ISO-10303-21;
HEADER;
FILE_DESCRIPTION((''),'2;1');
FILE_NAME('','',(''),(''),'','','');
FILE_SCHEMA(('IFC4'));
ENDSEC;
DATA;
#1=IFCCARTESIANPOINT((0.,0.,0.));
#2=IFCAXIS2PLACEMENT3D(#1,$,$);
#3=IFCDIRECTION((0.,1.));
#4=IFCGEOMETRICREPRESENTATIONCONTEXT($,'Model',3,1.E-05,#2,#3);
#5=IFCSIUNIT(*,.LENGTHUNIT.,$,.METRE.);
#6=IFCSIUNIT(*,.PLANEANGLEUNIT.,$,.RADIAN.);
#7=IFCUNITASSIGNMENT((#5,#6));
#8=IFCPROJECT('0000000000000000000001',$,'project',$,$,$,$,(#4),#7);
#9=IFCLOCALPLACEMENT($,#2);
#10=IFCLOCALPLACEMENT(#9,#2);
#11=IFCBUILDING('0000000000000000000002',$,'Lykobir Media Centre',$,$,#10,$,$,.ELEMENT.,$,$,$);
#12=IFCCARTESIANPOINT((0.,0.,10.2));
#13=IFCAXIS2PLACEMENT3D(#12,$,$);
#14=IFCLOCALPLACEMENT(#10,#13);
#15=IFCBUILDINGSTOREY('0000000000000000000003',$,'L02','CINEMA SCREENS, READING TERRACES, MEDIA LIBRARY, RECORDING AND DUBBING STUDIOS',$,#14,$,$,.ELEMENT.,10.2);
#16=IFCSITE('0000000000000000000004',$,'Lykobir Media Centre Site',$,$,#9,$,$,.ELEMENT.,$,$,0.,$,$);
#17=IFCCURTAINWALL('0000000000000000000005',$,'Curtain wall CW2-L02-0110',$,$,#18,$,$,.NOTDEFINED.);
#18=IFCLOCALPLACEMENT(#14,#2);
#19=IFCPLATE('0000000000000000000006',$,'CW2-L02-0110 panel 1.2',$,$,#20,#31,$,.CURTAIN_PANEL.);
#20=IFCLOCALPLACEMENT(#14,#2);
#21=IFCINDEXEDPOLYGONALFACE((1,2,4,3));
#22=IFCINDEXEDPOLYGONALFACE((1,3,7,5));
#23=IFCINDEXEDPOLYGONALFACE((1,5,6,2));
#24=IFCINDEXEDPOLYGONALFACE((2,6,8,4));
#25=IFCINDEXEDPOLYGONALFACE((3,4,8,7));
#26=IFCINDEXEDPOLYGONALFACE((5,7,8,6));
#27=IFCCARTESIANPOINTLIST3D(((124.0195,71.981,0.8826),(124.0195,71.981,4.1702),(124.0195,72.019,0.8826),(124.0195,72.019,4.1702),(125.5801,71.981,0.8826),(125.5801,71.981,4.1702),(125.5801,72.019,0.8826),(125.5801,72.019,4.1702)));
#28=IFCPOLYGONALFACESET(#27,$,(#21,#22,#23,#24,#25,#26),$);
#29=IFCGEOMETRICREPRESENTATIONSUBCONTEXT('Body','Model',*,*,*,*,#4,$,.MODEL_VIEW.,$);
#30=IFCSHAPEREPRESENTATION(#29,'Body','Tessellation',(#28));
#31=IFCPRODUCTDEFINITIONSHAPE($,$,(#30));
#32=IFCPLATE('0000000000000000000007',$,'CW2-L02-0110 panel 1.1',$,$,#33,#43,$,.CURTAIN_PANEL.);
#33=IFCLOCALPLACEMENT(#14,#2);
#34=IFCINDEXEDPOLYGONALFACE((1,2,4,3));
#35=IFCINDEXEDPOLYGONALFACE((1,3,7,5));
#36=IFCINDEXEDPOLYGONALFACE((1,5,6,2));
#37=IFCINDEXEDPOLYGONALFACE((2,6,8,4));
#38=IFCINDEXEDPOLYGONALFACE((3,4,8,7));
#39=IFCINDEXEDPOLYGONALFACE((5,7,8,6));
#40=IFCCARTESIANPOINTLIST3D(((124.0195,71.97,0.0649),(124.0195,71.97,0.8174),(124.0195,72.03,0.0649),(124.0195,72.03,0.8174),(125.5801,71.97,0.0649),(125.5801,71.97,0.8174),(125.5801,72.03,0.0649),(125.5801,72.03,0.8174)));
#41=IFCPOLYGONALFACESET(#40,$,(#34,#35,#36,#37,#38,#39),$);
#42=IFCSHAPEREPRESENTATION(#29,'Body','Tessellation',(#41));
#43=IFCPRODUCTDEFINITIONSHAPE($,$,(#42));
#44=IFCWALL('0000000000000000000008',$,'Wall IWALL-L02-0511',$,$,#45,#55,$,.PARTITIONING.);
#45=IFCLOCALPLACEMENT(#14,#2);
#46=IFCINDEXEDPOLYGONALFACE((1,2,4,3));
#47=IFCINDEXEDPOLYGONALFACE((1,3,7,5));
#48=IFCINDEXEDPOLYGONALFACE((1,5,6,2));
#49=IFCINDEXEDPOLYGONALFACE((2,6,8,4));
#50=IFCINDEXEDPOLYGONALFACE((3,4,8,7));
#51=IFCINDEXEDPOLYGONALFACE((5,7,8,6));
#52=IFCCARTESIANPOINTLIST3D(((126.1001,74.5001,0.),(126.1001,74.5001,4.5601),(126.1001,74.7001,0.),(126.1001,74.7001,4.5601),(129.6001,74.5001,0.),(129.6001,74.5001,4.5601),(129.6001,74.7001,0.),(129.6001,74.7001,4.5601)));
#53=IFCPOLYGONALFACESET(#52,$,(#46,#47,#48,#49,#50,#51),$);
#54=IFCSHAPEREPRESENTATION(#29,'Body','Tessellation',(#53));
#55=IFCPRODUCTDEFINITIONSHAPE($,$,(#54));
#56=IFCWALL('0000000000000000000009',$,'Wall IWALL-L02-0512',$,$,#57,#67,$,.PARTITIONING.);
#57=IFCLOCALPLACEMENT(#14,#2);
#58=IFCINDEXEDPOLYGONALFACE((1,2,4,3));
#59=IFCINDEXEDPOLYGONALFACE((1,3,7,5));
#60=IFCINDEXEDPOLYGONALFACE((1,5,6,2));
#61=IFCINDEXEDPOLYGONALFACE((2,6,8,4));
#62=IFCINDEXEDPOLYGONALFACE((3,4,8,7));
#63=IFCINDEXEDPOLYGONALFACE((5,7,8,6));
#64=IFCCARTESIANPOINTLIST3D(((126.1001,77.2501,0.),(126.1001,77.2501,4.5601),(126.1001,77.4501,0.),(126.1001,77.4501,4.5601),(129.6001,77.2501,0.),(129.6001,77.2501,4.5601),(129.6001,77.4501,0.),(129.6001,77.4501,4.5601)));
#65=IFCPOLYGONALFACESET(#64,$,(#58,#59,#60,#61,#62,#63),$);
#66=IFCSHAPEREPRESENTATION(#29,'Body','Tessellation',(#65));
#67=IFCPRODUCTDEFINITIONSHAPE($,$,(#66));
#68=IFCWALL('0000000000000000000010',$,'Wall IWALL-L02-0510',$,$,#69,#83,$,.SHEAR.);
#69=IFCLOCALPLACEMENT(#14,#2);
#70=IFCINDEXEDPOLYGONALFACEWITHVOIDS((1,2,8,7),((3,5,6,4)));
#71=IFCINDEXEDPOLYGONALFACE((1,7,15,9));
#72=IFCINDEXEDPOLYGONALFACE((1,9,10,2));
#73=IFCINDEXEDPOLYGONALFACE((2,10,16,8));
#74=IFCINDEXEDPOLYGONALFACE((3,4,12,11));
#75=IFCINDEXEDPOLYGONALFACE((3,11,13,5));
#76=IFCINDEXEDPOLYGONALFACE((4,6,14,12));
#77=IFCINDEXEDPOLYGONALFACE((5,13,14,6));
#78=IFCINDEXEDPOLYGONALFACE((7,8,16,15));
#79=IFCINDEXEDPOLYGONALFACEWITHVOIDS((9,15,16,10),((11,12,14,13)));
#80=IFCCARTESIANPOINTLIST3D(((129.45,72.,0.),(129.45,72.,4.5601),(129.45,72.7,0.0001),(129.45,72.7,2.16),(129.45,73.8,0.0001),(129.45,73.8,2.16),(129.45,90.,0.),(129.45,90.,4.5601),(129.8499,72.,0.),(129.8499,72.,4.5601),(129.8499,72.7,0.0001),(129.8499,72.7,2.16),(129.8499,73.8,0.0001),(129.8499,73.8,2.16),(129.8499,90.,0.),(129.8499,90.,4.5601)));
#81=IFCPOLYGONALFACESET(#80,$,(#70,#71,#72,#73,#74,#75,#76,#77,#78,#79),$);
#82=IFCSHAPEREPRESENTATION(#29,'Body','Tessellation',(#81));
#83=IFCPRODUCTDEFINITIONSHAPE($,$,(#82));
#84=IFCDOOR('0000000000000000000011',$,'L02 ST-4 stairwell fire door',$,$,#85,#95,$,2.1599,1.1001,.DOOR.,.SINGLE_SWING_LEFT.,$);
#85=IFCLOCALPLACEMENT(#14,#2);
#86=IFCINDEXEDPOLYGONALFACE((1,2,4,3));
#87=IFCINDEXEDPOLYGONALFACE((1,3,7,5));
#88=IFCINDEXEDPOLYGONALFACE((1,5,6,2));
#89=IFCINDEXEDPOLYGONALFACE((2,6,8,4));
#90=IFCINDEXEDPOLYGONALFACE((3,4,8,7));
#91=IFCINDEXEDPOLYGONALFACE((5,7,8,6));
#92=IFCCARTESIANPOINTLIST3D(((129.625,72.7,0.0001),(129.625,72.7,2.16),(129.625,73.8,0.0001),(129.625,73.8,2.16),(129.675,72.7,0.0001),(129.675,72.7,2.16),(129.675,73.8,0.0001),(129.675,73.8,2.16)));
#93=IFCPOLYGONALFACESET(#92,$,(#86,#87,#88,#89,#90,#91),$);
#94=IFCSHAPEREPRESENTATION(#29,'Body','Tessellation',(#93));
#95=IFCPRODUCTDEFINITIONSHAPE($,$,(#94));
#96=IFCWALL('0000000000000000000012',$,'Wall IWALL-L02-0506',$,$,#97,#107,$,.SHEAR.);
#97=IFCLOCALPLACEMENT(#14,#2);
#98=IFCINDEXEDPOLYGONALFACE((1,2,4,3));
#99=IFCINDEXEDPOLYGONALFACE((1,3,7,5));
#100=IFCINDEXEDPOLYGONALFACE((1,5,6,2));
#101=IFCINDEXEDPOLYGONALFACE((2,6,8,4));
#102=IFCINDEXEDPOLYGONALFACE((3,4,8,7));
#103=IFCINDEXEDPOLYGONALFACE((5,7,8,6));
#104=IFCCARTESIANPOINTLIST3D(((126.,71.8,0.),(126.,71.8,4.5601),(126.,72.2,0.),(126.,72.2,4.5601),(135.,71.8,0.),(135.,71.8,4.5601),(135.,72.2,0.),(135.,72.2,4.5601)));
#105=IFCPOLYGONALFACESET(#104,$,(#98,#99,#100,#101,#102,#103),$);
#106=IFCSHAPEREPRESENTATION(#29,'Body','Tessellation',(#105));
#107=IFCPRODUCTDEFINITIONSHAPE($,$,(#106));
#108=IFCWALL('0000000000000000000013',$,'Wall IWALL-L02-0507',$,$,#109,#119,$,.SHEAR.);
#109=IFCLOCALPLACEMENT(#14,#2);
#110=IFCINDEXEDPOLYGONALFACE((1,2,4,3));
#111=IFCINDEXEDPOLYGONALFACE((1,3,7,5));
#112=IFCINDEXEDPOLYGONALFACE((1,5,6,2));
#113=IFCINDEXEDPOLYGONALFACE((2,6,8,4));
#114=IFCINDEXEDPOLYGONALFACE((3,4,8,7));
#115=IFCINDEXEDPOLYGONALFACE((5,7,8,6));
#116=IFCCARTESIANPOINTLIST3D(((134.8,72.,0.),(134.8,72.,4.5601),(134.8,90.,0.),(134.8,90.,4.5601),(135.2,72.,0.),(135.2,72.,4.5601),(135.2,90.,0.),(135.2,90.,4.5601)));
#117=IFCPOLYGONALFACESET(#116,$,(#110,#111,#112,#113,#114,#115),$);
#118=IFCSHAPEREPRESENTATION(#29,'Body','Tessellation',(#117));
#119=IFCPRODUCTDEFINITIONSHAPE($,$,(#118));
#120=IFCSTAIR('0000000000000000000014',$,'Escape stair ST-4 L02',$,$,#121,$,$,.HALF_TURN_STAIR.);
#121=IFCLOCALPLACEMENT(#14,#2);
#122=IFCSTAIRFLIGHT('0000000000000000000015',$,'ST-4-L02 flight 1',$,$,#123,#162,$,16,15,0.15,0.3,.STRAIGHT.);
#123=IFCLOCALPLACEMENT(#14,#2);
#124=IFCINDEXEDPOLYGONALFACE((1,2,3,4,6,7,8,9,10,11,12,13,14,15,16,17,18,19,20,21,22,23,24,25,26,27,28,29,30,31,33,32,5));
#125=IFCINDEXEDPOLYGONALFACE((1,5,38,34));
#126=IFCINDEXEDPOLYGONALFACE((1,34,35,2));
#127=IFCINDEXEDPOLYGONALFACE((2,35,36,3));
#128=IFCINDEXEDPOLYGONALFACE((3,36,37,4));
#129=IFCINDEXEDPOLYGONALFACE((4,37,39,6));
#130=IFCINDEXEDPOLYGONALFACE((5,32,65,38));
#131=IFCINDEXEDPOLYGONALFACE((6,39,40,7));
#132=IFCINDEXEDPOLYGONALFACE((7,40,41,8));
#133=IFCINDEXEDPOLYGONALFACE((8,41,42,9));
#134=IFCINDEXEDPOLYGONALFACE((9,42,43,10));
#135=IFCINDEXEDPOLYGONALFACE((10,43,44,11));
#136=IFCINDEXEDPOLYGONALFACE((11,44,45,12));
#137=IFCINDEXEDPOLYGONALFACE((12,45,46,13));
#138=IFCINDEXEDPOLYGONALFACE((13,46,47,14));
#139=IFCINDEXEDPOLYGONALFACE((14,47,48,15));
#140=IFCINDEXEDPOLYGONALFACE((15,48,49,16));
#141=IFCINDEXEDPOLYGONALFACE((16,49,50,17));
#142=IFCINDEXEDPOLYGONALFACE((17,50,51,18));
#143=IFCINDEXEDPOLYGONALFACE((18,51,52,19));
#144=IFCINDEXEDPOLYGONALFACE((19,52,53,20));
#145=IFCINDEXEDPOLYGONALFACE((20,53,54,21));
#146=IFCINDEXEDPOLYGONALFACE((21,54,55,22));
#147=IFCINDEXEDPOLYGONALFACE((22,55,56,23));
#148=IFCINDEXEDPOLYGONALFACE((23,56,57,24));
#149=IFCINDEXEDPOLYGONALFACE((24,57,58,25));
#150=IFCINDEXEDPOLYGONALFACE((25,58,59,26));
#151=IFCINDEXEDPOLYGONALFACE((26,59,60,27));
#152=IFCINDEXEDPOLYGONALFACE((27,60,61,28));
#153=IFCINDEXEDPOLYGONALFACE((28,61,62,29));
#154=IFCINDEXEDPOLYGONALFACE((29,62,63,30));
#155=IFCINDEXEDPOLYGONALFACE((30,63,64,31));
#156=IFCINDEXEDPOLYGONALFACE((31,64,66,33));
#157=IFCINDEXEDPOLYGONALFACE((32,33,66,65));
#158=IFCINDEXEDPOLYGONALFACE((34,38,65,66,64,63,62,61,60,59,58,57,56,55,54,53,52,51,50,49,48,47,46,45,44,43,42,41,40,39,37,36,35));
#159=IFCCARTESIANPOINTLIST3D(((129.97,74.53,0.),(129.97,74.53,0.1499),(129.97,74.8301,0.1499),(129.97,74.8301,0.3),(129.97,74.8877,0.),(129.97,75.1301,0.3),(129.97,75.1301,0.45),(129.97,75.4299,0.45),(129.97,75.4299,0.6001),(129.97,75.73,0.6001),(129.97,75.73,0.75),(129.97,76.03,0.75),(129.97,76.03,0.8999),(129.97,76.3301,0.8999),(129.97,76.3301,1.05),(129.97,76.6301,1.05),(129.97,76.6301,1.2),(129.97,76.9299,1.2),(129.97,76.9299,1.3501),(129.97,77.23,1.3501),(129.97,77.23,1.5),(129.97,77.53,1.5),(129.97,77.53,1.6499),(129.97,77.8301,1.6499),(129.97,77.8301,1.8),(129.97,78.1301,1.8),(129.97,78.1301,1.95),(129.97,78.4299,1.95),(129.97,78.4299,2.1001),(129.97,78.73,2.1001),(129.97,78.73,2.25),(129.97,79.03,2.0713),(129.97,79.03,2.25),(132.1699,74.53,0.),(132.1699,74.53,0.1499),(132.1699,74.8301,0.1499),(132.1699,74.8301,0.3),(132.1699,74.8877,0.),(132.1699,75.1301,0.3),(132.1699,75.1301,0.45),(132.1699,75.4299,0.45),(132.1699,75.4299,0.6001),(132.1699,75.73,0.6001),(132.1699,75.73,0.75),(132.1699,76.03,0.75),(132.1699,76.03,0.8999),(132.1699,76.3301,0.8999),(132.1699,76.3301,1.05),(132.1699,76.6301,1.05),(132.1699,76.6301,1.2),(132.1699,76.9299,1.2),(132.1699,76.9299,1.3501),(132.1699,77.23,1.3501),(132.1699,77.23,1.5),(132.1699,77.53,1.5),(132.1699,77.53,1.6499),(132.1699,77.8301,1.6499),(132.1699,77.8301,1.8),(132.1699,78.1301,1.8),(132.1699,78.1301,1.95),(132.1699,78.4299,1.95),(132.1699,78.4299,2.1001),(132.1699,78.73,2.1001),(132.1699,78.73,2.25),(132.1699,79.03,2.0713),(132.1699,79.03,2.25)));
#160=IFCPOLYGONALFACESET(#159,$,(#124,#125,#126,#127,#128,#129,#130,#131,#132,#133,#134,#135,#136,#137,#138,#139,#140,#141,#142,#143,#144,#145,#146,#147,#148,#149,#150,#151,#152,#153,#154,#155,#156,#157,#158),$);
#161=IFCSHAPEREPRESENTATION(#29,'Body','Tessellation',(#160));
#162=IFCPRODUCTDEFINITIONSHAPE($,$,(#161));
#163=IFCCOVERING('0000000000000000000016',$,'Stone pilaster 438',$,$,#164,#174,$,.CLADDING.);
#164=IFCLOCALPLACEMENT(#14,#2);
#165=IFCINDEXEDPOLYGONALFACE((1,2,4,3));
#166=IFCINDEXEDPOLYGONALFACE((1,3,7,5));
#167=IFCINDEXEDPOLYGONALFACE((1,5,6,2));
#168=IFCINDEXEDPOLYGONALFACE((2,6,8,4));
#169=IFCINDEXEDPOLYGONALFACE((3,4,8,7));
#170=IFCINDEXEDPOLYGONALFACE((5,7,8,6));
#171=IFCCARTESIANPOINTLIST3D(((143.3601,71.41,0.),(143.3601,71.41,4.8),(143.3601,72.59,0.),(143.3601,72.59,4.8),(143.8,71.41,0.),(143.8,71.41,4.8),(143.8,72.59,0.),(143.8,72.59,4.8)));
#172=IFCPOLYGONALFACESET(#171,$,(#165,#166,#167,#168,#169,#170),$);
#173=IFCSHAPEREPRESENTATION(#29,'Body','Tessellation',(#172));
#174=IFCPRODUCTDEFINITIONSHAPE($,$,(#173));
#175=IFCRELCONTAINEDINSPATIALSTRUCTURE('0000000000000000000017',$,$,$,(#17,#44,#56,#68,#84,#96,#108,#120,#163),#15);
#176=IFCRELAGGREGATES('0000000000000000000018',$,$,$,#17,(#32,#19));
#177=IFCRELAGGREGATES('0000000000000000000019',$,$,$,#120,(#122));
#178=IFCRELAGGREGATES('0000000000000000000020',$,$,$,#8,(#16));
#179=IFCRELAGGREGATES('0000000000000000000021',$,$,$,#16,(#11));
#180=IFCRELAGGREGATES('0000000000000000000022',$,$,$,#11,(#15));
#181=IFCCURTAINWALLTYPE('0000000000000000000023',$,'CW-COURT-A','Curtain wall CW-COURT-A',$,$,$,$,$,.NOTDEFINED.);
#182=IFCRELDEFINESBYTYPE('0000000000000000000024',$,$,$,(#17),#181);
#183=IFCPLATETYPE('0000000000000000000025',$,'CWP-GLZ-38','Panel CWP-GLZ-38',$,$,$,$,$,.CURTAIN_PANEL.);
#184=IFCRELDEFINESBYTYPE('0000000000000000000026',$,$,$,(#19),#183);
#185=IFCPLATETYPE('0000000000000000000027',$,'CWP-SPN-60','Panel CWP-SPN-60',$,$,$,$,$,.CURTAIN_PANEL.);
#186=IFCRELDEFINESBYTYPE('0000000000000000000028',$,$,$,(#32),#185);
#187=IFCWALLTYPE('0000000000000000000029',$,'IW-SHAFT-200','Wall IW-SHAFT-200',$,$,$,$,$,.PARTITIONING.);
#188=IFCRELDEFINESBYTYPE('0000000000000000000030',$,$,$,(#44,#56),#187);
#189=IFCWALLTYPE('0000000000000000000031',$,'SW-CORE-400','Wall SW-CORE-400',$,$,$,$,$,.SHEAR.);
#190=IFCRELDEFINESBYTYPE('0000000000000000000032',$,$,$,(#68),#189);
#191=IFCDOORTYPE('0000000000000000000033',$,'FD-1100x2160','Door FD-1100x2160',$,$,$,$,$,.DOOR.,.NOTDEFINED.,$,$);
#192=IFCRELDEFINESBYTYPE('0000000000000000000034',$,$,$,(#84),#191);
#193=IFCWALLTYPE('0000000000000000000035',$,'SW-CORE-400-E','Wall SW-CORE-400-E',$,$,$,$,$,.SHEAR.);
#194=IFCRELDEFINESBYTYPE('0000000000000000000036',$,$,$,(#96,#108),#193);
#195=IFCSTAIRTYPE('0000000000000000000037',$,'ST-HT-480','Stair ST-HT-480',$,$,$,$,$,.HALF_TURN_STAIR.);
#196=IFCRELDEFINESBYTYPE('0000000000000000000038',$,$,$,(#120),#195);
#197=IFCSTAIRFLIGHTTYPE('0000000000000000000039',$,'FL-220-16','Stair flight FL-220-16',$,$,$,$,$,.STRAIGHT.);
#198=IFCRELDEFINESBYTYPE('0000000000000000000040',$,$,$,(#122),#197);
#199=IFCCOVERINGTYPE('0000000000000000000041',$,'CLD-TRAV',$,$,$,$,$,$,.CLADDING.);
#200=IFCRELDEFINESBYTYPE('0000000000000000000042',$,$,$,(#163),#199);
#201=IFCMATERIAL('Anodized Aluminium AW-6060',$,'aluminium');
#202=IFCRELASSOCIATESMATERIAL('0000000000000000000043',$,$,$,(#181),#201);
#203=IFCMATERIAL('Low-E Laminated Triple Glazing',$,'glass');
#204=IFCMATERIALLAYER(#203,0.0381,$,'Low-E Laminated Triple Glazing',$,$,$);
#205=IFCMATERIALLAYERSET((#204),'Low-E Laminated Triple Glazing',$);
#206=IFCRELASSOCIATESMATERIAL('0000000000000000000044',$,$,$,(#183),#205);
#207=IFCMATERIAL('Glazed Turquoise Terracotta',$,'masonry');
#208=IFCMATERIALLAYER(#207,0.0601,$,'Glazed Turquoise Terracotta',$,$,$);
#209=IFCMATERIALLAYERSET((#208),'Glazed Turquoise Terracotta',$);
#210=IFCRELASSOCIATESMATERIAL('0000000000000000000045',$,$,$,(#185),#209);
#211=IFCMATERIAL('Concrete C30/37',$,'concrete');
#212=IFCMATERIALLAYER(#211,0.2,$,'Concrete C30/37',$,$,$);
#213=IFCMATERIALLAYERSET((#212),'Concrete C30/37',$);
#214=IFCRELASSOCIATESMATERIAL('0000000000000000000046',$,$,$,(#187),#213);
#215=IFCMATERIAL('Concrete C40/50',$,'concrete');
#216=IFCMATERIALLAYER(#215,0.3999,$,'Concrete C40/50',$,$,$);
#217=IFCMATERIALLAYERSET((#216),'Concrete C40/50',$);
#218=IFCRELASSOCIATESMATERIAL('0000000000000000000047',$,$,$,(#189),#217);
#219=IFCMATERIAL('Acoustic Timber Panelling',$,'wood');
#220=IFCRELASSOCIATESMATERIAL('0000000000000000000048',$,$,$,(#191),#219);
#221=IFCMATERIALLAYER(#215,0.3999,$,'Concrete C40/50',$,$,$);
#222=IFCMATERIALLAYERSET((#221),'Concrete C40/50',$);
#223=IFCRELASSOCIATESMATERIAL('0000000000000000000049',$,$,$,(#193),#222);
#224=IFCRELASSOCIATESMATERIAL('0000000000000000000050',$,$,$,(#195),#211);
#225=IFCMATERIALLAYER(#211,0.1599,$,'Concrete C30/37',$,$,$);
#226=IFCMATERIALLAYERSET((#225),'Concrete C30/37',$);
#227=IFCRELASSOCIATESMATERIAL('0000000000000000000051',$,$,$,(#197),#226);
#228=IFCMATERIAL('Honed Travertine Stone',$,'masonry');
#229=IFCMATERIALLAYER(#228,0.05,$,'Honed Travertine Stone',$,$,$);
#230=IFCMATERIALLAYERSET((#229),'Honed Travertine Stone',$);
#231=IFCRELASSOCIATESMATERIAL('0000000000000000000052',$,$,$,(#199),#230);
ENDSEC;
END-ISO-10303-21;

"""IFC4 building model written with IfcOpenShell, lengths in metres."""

from ifc_helpers import new_model, si_unit, direction, frame, frame_2d, origin, origin_2d, place, context, subcontext, project, spatial, polyline, rectangle, outline, extrude, material, layer, layer_set, type_object, element, fill, aggregate, save


model = new_model("IFC4")

# Units and contexts
model_context = context("Model", 3, precision=1e-05, world=origin(), true_north=direction((0.0, 1.0)))
body_context = subcontext(model_context, "Body", "Model", "MODEL_VIEW")
ifc_project = project(units=[si_unit("LENGTHUNIT", "METRE"), si_unit("PLANEANGLEUNIT", "RADIAN")], contexts=[model_context])

# Site, building, storey
site_placement = place(None, origin())
site = spatial("IfcSite", under=ifc_project, at=site_placement, Name="Lykobir Media Centre Site", CompositionType="ELEMENT", RefElevation=0.0)
building_placement = place(site_placement, origin())
building = spatial("IfcBuilding", under=site, at=building_placement, Name="Lykobir Media Centre", CompositionType="ELEMENT")
storey_placement = place(building_placement, frame((0.0, 0.0, 10.2)))
storey = spatial("IfcBuildingStorey", under=building, at=storey_placement, Name="L02", Description="CINEMA SCREENS, READING TERRACES, MEDIA LIBRARY, RECORDING AND DUBBING STUDIOS", CompositionType="ELEMENT", Elevation=10.2)

# Shared definitions
ifc_material_1 = material(Name="Concrete C40/50", Category="concrete")

# Curtain wall
ifc_material_2 = material(Name="Anodized Aluminium AW-6060", Category="aluminium")
curtain_wall_type = type_object("IfcCurtainWallType", Name="CW-COURT-A", Description="Curtain wall CW-COURT-A", PredefinedType="NOTDEFINED", material=ifc_material_2)
curtain_wall_placement = place(storey_placement, origin())
curtain_wall = element("IfcCurtainWall", 1, at=curtain_wall_placement, inside=storey, type_object=curtain_wall_type, Name="Curtain wall CW2-L02-0110", PredefinedType="NOTDEFINED")

# Plates
ifc_material_3 = material(Name="Low-E Laminated Triple Glazing", Category="glass")
ifc_layer_1 = layer(ifc_material_3, 0.0381, Name="Low-E Laminated Triple Glazing")
ifc_layer_set_1 = layer_set([ifc_layer_1], Name="Low-E Laminated Triple Glazing")
plate_type_1 = type_object("IfcPlateType", Name="CWP-GLZ-38", Description="Panel CWP-GLZ-38", PredefinedType="CURTAIN_PANEL", material=ifc_layer_set_1)
plate_1_placement = place(storey_placement, frame((124.7998, 72.0, 0.8826), z_axis=(0.0, 0.0, 1.0), x_axis=(-1.0, 0.0, 0.0)))
plate_1 = element("IfcPlate", 2, at=plate_1_placement, type_object=plate_type_1, Name="CW2-L02-0110 panel 1.2", PredefinedType="CURTAIN_PANEL", context=body_context, shape_type="SweptSolid", body=[
    extrude(rectangle(XDim=1.5605, YDim=0.0381, at=origin_2d()), origin(), (0.0, 0.0, 1.0), 3.2876),
])
ifc_material_4 = material(Name="Glazed Turquoise Terracotta", Category="masonry")
ifc_layer_2 = layer(ifc_material_4, 0.0601, Name="Glazed Turquoise Terracotta")
ifc_layer_set_2 = layer_set([ifc_layer_2], Name="Glazed Turquoise Terracotta")
plate_type_2 = type_object("IfcPlateType", Name="CWP-SPN-60", Description="Panel CWP-SPN-60", PredefinedType="CURTAIN_PANEL", material=ifc_layer_set_2)
plate_2_placement = place(storey_placement, frame((124.7998, 72.0, 0.0649), z_axis=(0.0, 0.0, 1.0), x_axis=(-1.0, 0.0, 0.0)))
plate_2 = element("IfcPlate", 3, at=plate_2_placement, type_object=plate_type_2, Name="CW2-L02-0110 panel 1.1", PredefinedType="CURTAIN_PANEL", context=body_context, shape_type="SweptSolid", body=[
    extrude(rectangle(XDim=1.5605, YDim=0.0601, at=origin_2d()), origin(), (0.0, 0.0, 1.0), 0.7524),
])
aggregate(curtain_wall, [plate_2, plate_1])

# Walls
ifc_material_5 = material(Name="Concrete C30/37", Category="concrete")
ifc_layer_3 = layer(ifc_material_5, 0.2, Name="Concrete C30/37")
ifc_layer_set_3 = layer_set([ifc_layer_3], Name="Concrete C30/37")
wall_type_1 = type_object("IfcWallType", Name="IW-SHAFT-200", Description="Wall IW-SHAFT-200", PredefinedType="PARTITIONING", material=ifc_layer_set_3)
for number, where, z_axis, x_axis, name in (
    (4, (126.1001, 74.6001, 0.0), (0.0, 0.0, 1.0), (1.0, 0.0, 0.0), "Wall IWALL-L02-0511"),
    (5, (126.1001, 77.3501, 0.0), (0.0, 0.0, 1.0), (1.0, 0.0, 0.0), "Wall IWALL-L02-0512"),
):
    element("IfcWall", number, at=place(storey_placement, frame(where, z_axis=z_axis, x_axis=x_axis)), inside=storey, type_object=wall_type_1, Name=name, PredefinedType="PARTITIONING", context=body_context, shape_type="SweptSolid", body=[
        extrude(rectangle(XDim=3.5, YDim=0.2, at=frame_2d((1.75, 0.0))), origin(), (0.0, 0.0, 1.0), 4.5601),
    ])

# Wall, opening, door
ifc_layer_4 = layer(ifc_material_1, 0.3999, Name="Concrete C40/50")
ifc_layer_set_4 = layer_set([ifc_layer_4], Name="Concrete C40/50")
wall_type_2 = type_object("IfcWallType", Name="SW-CORE-400", Description="Wall SW-CORE-400", PredefinedType="SHEAR", material=ifc_layer_set_4)
wall_1_placement = place(storey_placement, frame((129.6499, 72.0, 0.0), z_axis=(0.0, 0.0, 1.0), x_axis=(0.0, 1.0, 0.0)))
wall_1 = element("IfcWall", 6, at=wall_1_placement, inside=storey, type_object=wall_type_2, Name="Wall IWALL-L02-0510", PredefinedType="SHEAR", context=body_context, shape_type="SweptSolid", body=[
    extrude(rectangle(XDim=18.0, YDim=0.3999, at=frame_2d((9.0, 0.0))), origin(), (0.0, 0.0, 1.0), 4.5601),
])
opening_placement = place(wall_1_placement, frame((0.7, 0.0, 0.0)))
opening = element("IfcOpeningElement", 7, at=opening_placement, cuts=wall_1, PredefinedType="OPENING", context=body_context, shape_type="SweptSolid", body=[
    extrude(rectangle(XDim=1.1001, YDim=2.1599, at=frame_2d((0.55, 1.0801))), frame((0.0, 0.21, 0.0), z_axis=(0.0, -1.0, 0.0), x_axis=(1.0, 0.0, 0.0)), (0.0, 0.0, 1.0), 0.4199),
])
ifc_material_6 = material(Name="Acoustic Timber Panelling", Category="wood")
door_type = type_object("IfcDoorType", Name="FD-1100x2160", Description="Door FD-1100x2160", OperationType="NOTDEFINED", PredefinedType="DOOR", material=ifc_material_6)
door_placement = place(opening_placement, origin())
door = element("IfcDoor", 8, at=door_placement, inside=storey, type_object=door_type, Name="L02 ST-4 stairwell fire door", OperationType="SINGLE_SWING_LEFT", OverallHeight=2.1599, OverallWidth=1.1001, PredefinedType="DOOR", context=body_context, shape_type="SweptSolid", body=[
    extrude(rectangle(XDim=1.1001, YDim=2.1599, at=frame_2d((0.55, 1.0801))), frame((0.0, 0.0249, 0.0), z_axis=(0.0, -1.0, 0.0), x_axis=(1.0, 0.0, 0.0)), (0.0, 0.0, 1.0), 0.05),
])
fill(opening, door)

# Walls
ifc_layer_5 = layer(ifc_material_1, 0.3999, Name="Concrete C40/50")
ifc_layer_set_5 = layer_set([ifc_layer_5], Name="Concrete C40/50")
wall_type_3 = type_object("IfcWallType", Name="SW-CORE-400-E", Description="Wall SW-CORE-400-E", PredefinedType="SHEAR", material=ifc_layer_set_5)
wall_2_placement = place(storey_placement, frame((126.0, 72.0, 0.0), z_axis=(0.0, 0.0, 1.0), x_axis=(1.0, 0.0, 0.0)))
element("IfcWall", 9, at=wall_2_placement, inside=storey, type_object=wall_type_3, Name="Wall IWALL-L02-0506", PredefinedType="SHEAR", context=body_context, shape_type="SweptSolid", body=[
    extrude(rectangle(XDim=9.0, YDim=0.3999, at=frame_2d((4.5, 0.0))), origin(), (0.0, 0.0, 1.0), 4.5601),
])
wall_3_placement = place(storey_placement, frame((135.0, 72.0, 0.0), z_axis=(0.0, 0.0, 1.0), x_axis=(0.0, 1.0, 0.0)))
element("IfcWall", 10, at=wall_3_placement, inside=storey, type_object=wall_type_3, Name="Wall IWALL-L02-0507", PredefinedType="SHEAR", context=body_context, shape_type="SweptSolid", body=[
    extrude(rectangle(XDim=18.0, YDim=0.3999, at=frame_2d((9.0, 0.0))), origin(), (0.0, 0.0, 1.0), 4.5601),
])

# Stair, stair flight
stair_type = type_object("IfcStairType", Name="ST-HT-480", Description="Stair ST-HT-480", PredefinedType="HALF_TURN_STAIR", material=ifc_material_5)
stair_placement = place(storey_placement, origin())
stair = element("IfcStair", 11, at=stair_placement, inside=storey, type_object=stair_type, Name="Escape stair ST-4 L02", PredefinedType="HALF_TURN_STAIR")
ifc_layer_6 = layer(ifc_material_5, 0.1599, Name="Concrete C30/37")
ifc_layer_set_6 = layer_set([ifc_layer_6], Name="Concrete C30/37")
stair_flight_type = type_object("IfcStairFlightType", Name="FL-220-16", Description="Stair flight FL-220-16", PredefinedType="STRAIGHT", material=ifc_layer_set_6)
stair_flight_placement = place(storey_placement, frame((131.0701, 74.53, 0.0), z_axis=(0.0, 0.0, 1.0), x_axis=(0.0, 1.0, 0.0)))
stair_flight = element("IfcStairFlight", 12, at=stair_flight_placement, type_object=stair_flight_type, Name="ST-4-L02 flight 1", NumberOfRisers=16, NumberOfTreads=15, PredefinedType="STRAIGHT", RiserHeight=0.15, TreadLength=0.3, context=body_context, shape_type="SweptSolid", body=[
    extrude(outline(polyline([(0.0, 0.0), (0.0, 0.1499), (0.3, 0.1499), (0.3, 0.3), (0.6001, 0.3), (0.6001, 0.45), (0.8999, 0.45), (0.8999, 0.6001), (1.2, 0.6001), (1.2, 0.75), (1.5, 0.75), (1.5, 0.8999), (1.8, 0.8999), (1.8, 1.05), (2.1001, 1.05), (2.1001, 1.2), (2.3999, 1.2), (2.3999, 1.3501), (2.7, 1.3501), (2.7, 1.5), (3.0, 1.5), (3.0, 1.6499), (3.3, 1.6499), (3.3, 1.8), (3.6001, 1.8), (3.6001, 1.95), (3.8999, 1.95), (3.8999, 2.1001), (4.2, 2.1001), (4.2, 2.25), (4.5, 2.25), (4.5, 2.3999), (4.5, 2.0713), (0.3577, 0.0), (0.0, 0.0)])), frame((0.0, 1.1001, 0.0), z_axis=(0.0, -1.0, 0.0), x_axis=(1.0, 0.0, 0.0)), (0.0, 0.0, 1.0), 2.2),
])
aggregate(stair, [stair_flight])

# Covering
ifc_material_7 = material(Name="Honed Travertine Stone", Category="masonry")
ifc_layer_7 = layer(ifc_material_7, 0.05, Name="Honed Travertine Stone")
ifc_layer_set_7 = layer_set([ifc_layer_7], Name="Honed Travertine Stone")
covering_type = type_object("IfcCoveringType", Name="CLD-TRAV", PredefinedType="CLADDING", material=ifc_layer_set_7)
covering_placement = place(storey_placement, frame((143.5801, 72.0, 0.0), z_axis=(0.0, 0.0, 1.0), x_axis=(0.0, -1.0, 0.0)))
element("IfcCovering", 13, at=covering_placement, inside=storey, type_object=covering_type, Name="Stone pilaster 438", PredefinedType="CLADDING", context=body_context, shape_type="SweptSolid", body=[
    extrude(rectangle(XDim=1.1799, YDim=0.4399, at=origin_2d()), origin(), (0.0, 0.0, 1.0), 4.8),
])

save(model, "model.ifc")
